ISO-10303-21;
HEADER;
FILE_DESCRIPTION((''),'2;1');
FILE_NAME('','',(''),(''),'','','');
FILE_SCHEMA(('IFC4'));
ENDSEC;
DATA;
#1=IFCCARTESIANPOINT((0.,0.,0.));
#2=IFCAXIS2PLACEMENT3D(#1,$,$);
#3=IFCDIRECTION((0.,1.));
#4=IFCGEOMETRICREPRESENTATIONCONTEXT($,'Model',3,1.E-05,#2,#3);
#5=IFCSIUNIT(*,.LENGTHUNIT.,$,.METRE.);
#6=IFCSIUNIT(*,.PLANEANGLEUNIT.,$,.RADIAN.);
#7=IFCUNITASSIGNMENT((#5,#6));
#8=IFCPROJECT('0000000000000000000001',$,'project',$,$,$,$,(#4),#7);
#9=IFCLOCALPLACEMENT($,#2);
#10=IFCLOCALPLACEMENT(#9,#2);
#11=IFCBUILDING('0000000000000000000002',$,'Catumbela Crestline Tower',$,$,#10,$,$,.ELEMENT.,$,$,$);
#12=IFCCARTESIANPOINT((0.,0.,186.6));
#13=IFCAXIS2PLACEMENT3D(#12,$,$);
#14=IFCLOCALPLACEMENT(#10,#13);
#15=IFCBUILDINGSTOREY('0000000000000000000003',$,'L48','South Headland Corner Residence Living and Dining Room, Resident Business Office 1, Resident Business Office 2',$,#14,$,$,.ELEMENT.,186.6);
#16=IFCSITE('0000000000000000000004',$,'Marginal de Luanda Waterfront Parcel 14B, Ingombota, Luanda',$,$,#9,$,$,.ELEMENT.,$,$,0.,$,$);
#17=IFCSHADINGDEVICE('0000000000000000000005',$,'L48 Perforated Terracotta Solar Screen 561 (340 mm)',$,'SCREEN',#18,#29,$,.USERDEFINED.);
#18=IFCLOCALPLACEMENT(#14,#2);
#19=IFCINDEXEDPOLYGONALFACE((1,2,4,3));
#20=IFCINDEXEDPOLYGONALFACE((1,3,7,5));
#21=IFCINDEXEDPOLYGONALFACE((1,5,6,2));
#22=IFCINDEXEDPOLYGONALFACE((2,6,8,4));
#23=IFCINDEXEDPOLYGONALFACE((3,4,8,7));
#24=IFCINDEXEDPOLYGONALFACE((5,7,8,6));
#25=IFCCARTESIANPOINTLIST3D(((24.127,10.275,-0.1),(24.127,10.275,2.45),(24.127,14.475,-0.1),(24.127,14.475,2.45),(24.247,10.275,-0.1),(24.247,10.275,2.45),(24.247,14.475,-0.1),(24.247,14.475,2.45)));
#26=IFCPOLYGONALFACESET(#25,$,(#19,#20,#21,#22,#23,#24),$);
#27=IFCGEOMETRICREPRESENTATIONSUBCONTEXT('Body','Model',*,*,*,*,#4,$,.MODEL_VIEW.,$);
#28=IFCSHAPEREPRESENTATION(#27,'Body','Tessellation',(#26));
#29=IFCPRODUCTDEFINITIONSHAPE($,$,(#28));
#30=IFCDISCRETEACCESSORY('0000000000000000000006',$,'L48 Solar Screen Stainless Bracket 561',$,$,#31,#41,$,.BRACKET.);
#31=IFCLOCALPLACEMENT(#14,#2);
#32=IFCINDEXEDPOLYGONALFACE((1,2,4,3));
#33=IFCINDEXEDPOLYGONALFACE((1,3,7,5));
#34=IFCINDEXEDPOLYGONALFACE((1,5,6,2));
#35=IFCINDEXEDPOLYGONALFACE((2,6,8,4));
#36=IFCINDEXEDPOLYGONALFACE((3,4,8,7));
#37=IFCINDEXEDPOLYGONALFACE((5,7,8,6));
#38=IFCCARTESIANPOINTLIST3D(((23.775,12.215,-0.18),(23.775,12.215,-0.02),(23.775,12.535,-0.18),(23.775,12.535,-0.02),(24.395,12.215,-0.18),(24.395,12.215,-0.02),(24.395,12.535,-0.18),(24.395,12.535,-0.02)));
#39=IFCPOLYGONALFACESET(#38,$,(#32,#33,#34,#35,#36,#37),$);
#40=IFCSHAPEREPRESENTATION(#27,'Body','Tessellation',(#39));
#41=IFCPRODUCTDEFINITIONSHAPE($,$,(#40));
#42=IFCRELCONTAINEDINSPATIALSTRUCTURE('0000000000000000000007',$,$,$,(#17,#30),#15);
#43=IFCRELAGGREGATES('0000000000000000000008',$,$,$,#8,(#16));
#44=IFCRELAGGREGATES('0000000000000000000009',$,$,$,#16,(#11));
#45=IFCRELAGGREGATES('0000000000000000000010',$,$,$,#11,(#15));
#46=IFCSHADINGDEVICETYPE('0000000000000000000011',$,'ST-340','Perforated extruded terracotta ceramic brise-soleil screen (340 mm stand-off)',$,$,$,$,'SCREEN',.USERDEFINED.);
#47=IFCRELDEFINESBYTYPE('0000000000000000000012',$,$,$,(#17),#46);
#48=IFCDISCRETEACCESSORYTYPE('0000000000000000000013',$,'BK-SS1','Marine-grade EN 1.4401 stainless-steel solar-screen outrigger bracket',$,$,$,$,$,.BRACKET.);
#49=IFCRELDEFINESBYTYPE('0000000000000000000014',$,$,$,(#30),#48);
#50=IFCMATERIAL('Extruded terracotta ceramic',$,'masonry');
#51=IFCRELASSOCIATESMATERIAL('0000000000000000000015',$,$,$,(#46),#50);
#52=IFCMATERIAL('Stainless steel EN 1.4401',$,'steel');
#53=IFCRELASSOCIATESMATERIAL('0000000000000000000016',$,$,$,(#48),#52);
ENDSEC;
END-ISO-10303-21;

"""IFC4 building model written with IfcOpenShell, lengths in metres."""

from ifc_helpers import new_model, si_unit, direction, frame, origin, origin_2d, place, context, subcontext, project, spatial, rectangle, extrude, material, type_object, element, save


model = new_model("IFC4")

# Units and contexts
model_context = context("Model", 3, precision=1e-05, world=origin(), true_north=direction((0.0, 1.0)))
body_context = subcontext(model_context, "Body", "Model", "MODEL_VIEW")
ifc_project = project(units=[si_unit("LENGTHUNIT", "METRE"), si_unit("PLANEANGLEUNIT", "RADIAN")], contexts=[model_context])

# Site, building, storey
site_placement = place(None, origin())
site = spatial("IfcSite", under=ifc_project, at=site_placement, Name="Marginal de Luanda Waterfront Parcel 14B, Ingombota, Luanda", CompositionType="ELEMENT", RefElevation=0.0)
building_placement = place(site_placement, origin())
building = spatial("IfcBuilding", under=site, at=building_placement, Name="Catumbela Crestline Tower", CompositionType="ELEMENT")
storey_placement = place(building_placement, frame((0.0, 0.0, 186.6)))
storey = spatial("IfcBuildingStorey", under=building, at=storey_placement, Name="L48", Description="South Headland Corner Residence Living and Dining Room, Resident Business Office 1, Resident Business Office 2", CompositionType="ELEMENT", Elevation=186.6)

# Shading device
ifc_material_1 = material(Name="Extruded terracotta ceramic", Category="masonry")
shading_device_type = type_object("IfcShadingDeviceType", Name="ST-340", Description="Perforated extruded terracotta ceramic brise-soleil screen (340 mm stand-off)", ElementType="SCREEN", PredefinedType="USERDEFINED", material=ifc_material_1)
shading_device_placement = place(storey_placement, frame((24.187, 12.375, -0.1), z_axis=(0.0, 0.0, 1.0), x_axis=(0.0, 1.0, 0.0)))
element("IfcShadingDevice", 1, at=shading_device_placement, inside=storey, type_object=shading_device_type, Name="L48 Perforated Terracotta Solar Screen 561 (340 mm)", ObjectType="SCREEN", PredefinedType="USERDEFINED", context=body_context, shape_type="SweptSolid", body=[
    extrude(rectangle(XDim=4.2, YDim=0.12, at=origin_2d()), origin(), (0.0, 0.0, 1.0), 2.55),
])

# Discrete accessory
ifc_material_2 = material(Name="Stainless steel EN 1.4401", Category="steel")
discrete_accessory_type = type_object("IfcDiscreteAccessoryType", Name="BK-SS1", Description="Marine-grade EN 1.4401 stainless-steel solar-screen outrigger bracket", PredefinedType="BRACKET", material=ifc_material_2)
discrete_accessory_placement = place(storey_placement, frame((24.085, 12.375, -0.18), z_axis=(0.0, 0.0, 1.0), x_axis=(0.0, 1.0, 0.0)))
element("IfcDiscreteAccessory", 2, at=discrete_accessory_placement, inside=storey, type_object=discrete_accessory_type, Name="L48 Solar Screen Stainless Bracket 561", PredefinedType="BRACKET", context=body_context, shape_type="SweptSolid", body=[
    extrude(rectangle(XDim=0.32, YDim=0.62, at=origin_2d()), origin(), (0.0, 0.0, 1.0), 0.16),
])

save(model, "model.ifc")
